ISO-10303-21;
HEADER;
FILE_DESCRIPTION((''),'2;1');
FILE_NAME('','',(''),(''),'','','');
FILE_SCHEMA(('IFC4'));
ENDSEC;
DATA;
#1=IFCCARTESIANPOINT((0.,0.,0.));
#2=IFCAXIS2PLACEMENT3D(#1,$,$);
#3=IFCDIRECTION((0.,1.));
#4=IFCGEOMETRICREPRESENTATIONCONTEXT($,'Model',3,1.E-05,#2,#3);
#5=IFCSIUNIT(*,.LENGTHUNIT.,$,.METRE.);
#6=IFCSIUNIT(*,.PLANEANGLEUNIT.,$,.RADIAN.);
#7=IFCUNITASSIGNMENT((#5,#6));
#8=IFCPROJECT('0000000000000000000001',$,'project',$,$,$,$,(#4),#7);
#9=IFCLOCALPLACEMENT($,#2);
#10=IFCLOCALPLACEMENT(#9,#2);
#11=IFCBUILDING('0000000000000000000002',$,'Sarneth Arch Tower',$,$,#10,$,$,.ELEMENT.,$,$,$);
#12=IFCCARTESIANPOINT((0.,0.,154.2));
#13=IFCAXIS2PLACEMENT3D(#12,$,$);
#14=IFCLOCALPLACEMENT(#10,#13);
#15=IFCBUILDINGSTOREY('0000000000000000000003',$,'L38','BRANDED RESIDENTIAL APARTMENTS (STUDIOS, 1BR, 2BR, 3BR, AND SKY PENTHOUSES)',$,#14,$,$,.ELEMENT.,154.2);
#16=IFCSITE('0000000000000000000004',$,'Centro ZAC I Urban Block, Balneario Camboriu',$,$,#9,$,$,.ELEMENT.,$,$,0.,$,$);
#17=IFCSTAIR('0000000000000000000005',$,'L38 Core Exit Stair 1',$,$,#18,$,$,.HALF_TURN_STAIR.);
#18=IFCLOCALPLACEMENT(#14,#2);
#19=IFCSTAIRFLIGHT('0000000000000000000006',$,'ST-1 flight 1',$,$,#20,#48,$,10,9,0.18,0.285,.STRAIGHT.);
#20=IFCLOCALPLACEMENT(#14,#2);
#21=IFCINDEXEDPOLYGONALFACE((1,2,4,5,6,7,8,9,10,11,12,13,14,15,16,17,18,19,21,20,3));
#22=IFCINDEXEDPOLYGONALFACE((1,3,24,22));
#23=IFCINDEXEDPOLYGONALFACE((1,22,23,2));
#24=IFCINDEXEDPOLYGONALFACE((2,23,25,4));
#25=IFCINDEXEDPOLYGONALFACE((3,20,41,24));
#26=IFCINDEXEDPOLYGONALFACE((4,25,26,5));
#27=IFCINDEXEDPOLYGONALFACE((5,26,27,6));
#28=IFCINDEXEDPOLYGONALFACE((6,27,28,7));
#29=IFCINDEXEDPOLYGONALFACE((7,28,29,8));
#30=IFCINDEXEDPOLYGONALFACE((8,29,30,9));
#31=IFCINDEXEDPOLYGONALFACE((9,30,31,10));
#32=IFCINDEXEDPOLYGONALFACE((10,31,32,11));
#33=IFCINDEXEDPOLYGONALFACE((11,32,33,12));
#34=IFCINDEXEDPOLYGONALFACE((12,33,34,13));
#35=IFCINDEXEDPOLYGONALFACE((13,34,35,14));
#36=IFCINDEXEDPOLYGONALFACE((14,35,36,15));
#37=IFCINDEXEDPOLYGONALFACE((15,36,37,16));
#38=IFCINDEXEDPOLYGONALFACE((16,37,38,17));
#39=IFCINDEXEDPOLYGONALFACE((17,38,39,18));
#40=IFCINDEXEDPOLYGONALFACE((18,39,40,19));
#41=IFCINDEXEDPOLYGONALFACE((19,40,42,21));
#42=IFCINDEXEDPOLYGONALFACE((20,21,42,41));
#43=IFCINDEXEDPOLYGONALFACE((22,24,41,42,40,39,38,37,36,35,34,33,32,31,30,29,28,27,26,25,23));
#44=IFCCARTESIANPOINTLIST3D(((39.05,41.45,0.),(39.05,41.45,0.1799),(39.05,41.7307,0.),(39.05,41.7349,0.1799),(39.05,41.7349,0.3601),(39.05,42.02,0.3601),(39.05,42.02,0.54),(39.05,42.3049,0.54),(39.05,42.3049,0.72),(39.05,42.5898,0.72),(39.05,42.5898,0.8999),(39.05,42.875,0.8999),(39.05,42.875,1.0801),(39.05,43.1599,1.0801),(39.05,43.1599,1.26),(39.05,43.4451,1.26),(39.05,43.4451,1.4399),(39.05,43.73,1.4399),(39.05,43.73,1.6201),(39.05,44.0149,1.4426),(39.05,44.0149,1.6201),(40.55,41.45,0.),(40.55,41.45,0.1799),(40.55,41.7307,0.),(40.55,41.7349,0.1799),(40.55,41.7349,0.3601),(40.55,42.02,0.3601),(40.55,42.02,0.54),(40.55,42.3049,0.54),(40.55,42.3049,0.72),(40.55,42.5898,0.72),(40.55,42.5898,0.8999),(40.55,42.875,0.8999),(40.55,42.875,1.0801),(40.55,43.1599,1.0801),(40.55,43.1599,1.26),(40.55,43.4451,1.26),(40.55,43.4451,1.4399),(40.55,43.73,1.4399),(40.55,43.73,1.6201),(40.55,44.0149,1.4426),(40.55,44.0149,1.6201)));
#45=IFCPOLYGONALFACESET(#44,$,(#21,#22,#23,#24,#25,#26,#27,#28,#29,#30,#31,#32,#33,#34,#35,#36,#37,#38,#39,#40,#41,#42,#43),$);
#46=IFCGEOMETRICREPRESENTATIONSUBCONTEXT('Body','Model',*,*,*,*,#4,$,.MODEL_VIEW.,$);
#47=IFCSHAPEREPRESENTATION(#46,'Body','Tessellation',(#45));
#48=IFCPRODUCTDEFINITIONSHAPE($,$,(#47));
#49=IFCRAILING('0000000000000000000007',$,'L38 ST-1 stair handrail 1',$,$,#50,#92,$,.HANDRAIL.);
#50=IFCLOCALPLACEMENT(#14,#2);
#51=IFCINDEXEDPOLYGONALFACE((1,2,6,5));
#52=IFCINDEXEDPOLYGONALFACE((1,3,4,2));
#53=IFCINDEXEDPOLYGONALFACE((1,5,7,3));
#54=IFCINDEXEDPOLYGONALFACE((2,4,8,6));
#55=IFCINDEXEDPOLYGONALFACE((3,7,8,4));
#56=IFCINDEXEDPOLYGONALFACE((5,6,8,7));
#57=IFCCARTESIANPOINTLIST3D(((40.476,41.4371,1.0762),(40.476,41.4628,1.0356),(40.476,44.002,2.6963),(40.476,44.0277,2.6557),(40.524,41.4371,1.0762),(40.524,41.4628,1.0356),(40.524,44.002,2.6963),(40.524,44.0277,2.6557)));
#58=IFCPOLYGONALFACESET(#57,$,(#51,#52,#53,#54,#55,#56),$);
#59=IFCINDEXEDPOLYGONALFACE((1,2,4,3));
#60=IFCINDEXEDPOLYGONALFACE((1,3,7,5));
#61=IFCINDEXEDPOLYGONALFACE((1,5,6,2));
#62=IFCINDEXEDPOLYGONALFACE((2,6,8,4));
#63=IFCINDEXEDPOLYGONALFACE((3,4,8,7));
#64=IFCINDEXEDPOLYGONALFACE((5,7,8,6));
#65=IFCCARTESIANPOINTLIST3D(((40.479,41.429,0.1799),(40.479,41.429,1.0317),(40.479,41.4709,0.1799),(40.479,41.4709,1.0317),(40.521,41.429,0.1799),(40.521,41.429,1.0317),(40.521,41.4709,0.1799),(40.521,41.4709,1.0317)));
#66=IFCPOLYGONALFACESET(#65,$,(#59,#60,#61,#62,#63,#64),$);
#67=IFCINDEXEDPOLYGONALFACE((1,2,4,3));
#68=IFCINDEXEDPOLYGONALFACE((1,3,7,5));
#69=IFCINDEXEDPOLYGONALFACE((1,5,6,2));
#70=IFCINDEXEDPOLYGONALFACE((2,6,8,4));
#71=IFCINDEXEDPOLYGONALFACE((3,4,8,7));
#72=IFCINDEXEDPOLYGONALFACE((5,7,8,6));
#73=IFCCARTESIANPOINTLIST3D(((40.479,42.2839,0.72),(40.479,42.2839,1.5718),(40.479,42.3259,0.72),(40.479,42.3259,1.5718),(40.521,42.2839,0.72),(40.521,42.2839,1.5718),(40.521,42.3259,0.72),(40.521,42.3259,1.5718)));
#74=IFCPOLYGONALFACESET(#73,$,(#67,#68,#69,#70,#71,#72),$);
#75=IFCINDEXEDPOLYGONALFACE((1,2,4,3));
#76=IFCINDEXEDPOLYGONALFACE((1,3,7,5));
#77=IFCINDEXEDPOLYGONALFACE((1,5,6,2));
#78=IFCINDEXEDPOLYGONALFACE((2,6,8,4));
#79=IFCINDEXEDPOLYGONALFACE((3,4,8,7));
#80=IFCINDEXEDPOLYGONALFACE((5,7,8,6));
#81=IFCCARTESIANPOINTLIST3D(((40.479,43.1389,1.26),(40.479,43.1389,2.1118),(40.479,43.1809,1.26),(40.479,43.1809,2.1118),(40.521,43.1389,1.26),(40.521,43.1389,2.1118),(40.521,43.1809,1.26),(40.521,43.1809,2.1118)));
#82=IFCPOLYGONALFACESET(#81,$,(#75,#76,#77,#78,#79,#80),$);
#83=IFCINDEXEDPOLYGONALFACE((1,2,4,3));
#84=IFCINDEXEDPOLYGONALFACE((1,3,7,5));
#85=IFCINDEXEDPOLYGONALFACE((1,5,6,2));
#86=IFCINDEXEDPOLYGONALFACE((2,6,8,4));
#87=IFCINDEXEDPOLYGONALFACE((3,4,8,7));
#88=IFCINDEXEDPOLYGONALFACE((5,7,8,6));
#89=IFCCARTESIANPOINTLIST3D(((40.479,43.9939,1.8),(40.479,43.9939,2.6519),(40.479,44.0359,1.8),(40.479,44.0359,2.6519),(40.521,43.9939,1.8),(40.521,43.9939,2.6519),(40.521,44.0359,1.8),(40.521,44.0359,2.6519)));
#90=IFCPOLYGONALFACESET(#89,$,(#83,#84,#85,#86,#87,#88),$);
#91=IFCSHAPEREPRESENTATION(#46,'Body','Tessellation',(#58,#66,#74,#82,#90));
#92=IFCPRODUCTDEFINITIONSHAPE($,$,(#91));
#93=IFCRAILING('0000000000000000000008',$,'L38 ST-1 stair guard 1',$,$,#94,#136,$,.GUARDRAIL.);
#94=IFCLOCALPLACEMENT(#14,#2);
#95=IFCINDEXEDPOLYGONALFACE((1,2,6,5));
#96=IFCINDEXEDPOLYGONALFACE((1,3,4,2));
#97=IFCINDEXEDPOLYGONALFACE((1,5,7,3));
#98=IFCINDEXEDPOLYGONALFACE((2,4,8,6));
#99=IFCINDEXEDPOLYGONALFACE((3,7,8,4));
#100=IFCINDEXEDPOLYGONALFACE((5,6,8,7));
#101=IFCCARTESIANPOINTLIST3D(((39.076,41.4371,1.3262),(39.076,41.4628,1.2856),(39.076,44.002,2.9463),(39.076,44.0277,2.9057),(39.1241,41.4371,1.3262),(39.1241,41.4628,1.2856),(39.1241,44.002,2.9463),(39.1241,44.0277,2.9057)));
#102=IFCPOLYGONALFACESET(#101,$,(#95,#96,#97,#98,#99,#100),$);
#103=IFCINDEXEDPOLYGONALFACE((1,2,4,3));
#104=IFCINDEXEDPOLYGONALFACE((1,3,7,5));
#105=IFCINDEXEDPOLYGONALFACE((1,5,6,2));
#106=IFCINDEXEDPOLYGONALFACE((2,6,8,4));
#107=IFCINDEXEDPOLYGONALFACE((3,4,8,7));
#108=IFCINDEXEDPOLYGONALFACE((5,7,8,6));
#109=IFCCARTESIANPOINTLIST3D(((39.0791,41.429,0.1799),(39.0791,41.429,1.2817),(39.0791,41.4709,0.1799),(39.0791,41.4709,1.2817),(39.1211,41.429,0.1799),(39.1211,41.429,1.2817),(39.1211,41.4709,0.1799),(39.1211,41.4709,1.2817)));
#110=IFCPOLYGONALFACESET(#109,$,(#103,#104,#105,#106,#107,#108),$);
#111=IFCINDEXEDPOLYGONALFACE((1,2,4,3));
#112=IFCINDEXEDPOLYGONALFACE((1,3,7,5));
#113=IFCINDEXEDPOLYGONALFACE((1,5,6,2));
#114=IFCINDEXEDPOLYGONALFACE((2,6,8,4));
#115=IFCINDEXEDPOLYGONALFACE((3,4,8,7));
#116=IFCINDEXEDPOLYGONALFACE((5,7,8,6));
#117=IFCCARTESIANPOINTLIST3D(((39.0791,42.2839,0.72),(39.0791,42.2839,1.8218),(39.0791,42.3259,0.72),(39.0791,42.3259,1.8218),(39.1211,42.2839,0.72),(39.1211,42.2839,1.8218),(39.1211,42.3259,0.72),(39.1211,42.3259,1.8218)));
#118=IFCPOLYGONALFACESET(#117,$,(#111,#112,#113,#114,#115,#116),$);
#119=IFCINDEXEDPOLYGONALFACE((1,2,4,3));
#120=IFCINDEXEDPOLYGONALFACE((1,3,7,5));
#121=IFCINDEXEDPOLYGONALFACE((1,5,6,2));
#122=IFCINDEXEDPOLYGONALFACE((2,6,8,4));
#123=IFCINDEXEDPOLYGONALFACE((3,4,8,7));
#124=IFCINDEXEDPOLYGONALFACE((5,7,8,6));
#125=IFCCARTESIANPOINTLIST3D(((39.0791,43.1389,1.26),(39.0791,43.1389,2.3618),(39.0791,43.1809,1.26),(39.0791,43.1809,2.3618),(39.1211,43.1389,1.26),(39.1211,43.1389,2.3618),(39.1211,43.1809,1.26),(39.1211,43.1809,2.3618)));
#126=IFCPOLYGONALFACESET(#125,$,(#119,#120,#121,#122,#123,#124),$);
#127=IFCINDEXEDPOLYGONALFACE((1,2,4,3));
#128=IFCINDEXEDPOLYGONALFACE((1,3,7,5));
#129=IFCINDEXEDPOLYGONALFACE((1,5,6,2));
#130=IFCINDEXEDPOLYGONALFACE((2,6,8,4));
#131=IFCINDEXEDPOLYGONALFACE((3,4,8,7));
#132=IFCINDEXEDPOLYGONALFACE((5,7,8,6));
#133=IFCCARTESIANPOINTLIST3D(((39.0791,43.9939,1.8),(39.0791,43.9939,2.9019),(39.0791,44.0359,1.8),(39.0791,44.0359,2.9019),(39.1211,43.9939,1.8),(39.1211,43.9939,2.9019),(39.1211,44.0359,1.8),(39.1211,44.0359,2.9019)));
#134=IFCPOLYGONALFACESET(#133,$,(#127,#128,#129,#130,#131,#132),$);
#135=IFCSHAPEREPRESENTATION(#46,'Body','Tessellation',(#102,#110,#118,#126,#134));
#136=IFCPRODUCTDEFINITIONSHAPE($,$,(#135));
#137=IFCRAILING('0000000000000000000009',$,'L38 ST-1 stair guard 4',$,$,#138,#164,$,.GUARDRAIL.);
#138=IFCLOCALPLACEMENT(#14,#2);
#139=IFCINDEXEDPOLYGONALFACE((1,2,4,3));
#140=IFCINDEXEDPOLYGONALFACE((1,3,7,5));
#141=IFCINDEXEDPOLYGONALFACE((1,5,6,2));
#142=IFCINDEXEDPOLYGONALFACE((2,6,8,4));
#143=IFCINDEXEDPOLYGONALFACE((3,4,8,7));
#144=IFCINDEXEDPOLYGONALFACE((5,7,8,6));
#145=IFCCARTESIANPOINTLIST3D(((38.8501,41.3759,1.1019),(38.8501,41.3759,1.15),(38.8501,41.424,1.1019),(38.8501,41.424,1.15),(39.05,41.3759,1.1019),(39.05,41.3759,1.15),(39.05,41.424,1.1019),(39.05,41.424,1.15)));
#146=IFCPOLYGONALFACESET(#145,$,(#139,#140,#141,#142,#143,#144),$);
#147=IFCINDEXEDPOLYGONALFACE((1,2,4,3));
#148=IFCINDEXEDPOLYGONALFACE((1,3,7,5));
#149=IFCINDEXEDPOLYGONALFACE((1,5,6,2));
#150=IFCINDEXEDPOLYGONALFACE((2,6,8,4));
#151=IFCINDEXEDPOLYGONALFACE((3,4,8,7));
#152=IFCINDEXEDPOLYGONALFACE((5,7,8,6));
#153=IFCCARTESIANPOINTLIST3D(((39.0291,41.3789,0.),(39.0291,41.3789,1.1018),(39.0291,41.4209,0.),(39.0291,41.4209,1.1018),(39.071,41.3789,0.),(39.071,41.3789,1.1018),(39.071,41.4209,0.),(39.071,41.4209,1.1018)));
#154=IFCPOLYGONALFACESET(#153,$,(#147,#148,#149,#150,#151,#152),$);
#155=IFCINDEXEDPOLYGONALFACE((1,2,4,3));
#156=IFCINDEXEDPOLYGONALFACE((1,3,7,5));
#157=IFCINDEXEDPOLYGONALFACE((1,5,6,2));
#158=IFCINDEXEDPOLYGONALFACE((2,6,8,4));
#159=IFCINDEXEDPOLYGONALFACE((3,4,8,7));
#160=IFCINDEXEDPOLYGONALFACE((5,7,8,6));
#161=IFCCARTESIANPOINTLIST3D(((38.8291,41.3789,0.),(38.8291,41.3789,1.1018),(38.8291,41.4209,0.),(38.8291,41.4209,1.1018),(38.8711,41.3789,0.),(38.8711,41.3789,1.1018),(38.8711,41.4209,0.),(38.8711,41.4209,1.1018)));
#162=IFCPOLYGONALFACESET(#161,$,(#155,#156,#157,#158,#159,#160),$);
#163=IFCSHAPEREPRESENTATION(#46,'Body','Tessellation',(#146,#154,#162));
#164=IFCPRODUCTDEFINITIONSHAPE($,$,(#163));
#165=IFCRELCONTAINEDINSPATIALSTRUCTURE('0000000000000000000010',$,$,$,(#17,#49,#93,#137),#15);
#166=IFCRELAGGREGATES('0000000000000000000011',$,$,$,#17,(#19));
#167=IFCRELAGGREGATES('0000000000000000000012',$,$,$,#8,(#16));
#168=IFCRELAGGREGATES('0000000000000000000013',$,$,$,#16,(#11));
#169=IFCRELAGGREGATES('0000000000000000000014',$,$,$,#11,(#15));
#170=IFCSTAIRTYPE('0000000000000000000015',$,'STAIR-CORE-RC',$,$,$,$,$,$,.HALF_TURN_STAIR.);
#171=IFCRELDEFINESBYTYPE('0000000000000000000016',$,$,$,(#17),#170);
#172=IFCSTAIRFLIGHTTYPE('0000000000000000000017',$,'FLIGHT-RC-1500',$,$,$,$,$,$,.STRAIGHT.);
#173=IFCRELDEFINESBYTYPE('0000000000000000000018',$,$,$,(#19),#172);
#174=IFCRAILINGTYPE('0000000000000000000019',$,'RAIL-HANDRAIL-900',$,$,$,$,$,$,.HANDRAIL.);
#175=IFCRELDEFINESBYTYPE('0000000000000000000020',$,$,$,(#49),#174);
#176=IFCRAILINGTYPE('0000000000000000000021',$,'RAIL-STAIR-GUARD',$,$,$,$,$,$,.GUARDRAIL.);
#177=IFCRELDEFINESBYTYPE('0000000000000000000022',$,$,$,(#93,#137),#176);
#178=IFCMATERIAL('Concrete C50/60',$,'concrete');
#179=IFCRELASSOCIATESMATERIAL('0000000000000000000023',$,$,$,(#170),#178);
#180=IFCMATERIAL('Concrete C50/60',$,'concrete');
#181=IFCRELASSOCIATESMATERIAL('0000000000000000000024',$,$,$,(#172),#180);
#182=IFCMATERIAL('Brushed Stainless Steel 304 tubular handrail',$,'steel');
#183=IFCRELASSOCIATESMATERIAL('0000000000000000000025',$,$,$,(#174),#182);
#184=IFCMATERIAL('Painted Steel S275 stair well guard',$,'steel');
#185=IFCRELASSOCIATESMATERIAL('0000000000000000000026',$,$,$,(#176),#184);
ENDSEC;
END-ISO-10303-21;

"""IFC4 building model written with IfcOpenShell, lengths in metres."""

from ifc_helpers import new_model, si_unit, direction, frame, origin, origin_2d, place, context, subcontext, project, spatial, polyline, rectangle, outline, extrude, material, type_object, element, aggregate, save


model = new_model("IFC4")

# Units and contexts
model_context = context("Model", 3, precision=1e-05, world=origin(), true_north=direction((0.0, 1.0)))
body_context = subcontext(model_context, "Body", "Model", "MODEL_VIEW")
ifc_project = project(units=[si_unit("LENGTHUNIT", "METRE"), si_unit("PLANEANGLEUNIT", "RADIAN")], contexts=[model_context])

# Site, building, storey
site_placement = place(None, origin())
site = spatial("IfcSite", under=ifc_project, at=site_placement, Name="Centro ZAC I Urban Block, Balneario Camboriu", CompositionType="ELEMENT", RefElevation=0.0)
building_placement = place(site_placement, origin())
building = spatial("IfcBuilding", under=site, at=building_placement, Name="Sarneth Arch Tower", CompositionType="ELEMENT")
storey_placement = place(building_placement, frame((0.0, 0.0, 154.2)))
storey = spatial("IfcBuildingStorey", under=building, at=storey_placement, Name="L38", Description="BRANDED RESIDENTIAL APARTMENTS (STUDIOS, 1BR, 2BR, 3BR, AND SKY PENTHOUSES)", CompositionType="ELEMENT", Elevation=154.2)

# Stair, stair flight
ifc_material_1 = material(Name="Concrete C50/60", Category="concrete")
stair_type = type_object("IfcStairType", Name="STAIR-CORE-RC", PredefinedType="HALF_TURN_STAIR", material=ifc_material_1)
stair_placement = place(storey_placement, origin())
stair = element("IfcStair", 1, at=stair_placement, inside=storey, type_object=stair_type, Name="L38 Core Exit Stair 1", PredefinedType="HALF_TURN_STAIR")
ifc_material_2 = material(Name="Concrete C50/60", Category="concrete")
stair_flight_type = type_object("IfcStairFlightType", Name="FLIGHT-RC-1500", PredefinedType="STRAIGHT", material=ifc_material_2)
stair_flight_placement = place(storey_placement, frame((39.8, 41.45, 0.0), z_axis=(0.0, 0.0, 1.0), x_axis=(0.0, 1.0, 0.0)))
stair_flight = element("IfcStairFlight", 2, at=stair_flight_placement, type_object=stair_flight_type, Name="ST-1 flight 1", NumberOfRisers=10, NumberOfTreads=9, PredefinedType="STRAIGHT", RiserHeight=0.18, TreadLength=0.285, context=body_context, shape_type="SweptSolid", body=[
    extrude(outline(polyline([(0.0, 0.0), (0.0, 0.1799), (0.2849, 0.1799), (0.2849, 0.3601), (0.5701, 0.3601), (0.5701, 0.54), (0.855, 0.54), (0.855, 0.72), (1.1399, 0.72), (1.1399, 0.8999), (1.425, 0.8999), (1.425, 1.0801), (1.71, 1.0801), (1.71, 1.26), (1.9951, 1.26), (1.9951, 1.4399), (2.28, 1.4399), (2.28, 1.6201), (2.5649, 1.6201), (2.5649, 1.8), (2.5649, 1.4426), (0.2808, 0.0), (0.0, 0.0)])), frame((0.0, 0.75, 0.0), z_axis=(0.0, -1.0, 0.0), x_axis=(1.0, 0.0, 0.0)), (0.0, 0.0, 1.0), 1.5),
])
aggregate(stair, [stair_flight])

# Railings
ifc_material_3 = material(Name="Brushed Stainless Steel 304 tubular handrail", Category="steel")
railing_type_1 = type_object("IfcRailingType", Name="RAIL-HANDRAIL-900", PredefinedType="HANDRAIL", material=ifc_material_3)
railing_1_placement = place(storey_placement, frame((40.5, 41.45, 0.1799)))
element("IfcRailing", 3, at=railing_1_placement, inside=storey, type_object=railing_type_1, Name="L38 ST-1 stair handrail 1", PredefinedType="HANDRAIL", context=body_context, shape_type="SweptSolid", body=[
    extrude(rectangle(XDim=0.0481, YDim=0.0481, at=origin_2d()), frame((0.0, 0.0, 0.876), z_axis=(0.0, 0.845466, 0.534029), x_axis=(-1.0, 0.0, 0.0)), (0.0, 0.0, 1.0), 3.0337),
    extrude(rectangle(XDim=0.042, YDim=0.042, at=origin_2d()), origin(), (0.0, 0.0, 1.0), 0.8518),
    extrude(rectangle(XDim=0.042, YDim=0.042, at=origin_2d()), frame((0.0, 0.855, 0.54)), (0.0, 0.0, 1.0), 0.8518),
    extrude(rectangle(XDim=0.042, YDim=0.042, at=origin_2d()), frame((0.0, 1.71, 1.0801)), (0.0, 0.0, 1.0), 0.8518),
    extrude(rectangle(XDim=0.042, YDim=0.042, at=origin_2d()), frame((0.0, 2.5649, 1.6201)), (0.0, 0.0, 1.0), 0.8518),
])
ifc_material_4 = material(Name="Painted Steel S275 stair well guard", Category="steel")
railing_type_2 = type_object("IfcRailingType", Name="RAIL-STAIR-GUARD", PredefinedType="GUARDRAIL", material=ifc_material_4)
railing_2_placement = place(storey_placement, frame((39.1001, 41.45, 0.1799)))
element("IfcRailing", 4, at=railing_2_placement, inside=storey, type_object=railing_type_2, Name="L38 ST-1 stair guard 1", PredefinedType="GUARDRAIL", context=body_context, shape_type="SweptSolid", body=[
    extrude(rectangle(XDim=0.0481, YDim=0.0481, at=origin_2d()), frame((0.0, 0.0, 1.126), z_axis=(0.0, 0.845466, 0.534029), x_axis=(-1.0, 0.0, 0.0)), (0.0, 0.0, 1.0), 3.0337),
    extrude(rectangle(XDim=0.042, YDim=0.042, at=origin_2d()), origin(), (0.0, 0.0, 1.0), 1.1018),
    extrude(rectangle(XDim=0.042, YDim=0.042, at=origin_2d()), frame((0.0, 0.855, 0.54)), (0.0, 0.0, 1.0), 1.1018),
    extrude(rectangle(XDim=0.042, YDim=0.042, at=origin_2d()), frame((0.0, 1.71, 1.0801)), (0.0, 0.0, 1.0), 1.1018),
    extrude(rectangle(XDim=0.042, YDim=0.042, at=origin_2d()), frame((0.0, 2.5649, 1.6201)), (0.0, 0.0, 1.0), 1.1018),
])
railing_3_placement = place(storey_placement, frame((39.05, 41.3999, 0.0)))
element("IfcRailing", 5, at=railing_3_placement, inside=storey, type_object=railing_type_2, Name="L38 ST-1 stair guard 4", PredefinedType="GUARDRAIL", context=body_context, shape_type="SweptSolid", body=[
    extrude(rectangle(XDim=0.0481, YDim=0.0481, at=origin_2d()), frame((0.0, 0.0, 1.126), z_axis=(-1.0, 0.0, 0.0), x_axis=(0.0, -1.0, 0.0)), (0.0, 0.0, 1.0), 0.2),
    extrude(rectangle(XDim=0.042, YDim=0.042, at=origin_2d()), origin(), (0.0, 0.0, 1.0), 1.1018),
    extrude(rectangle(XDim=0.042, YDim=0.042, at=origin_2d()), frame((-0.2, 0.0, 0.0)), (0.0, 0.0, 1.0), 1.1018),
])

save(model, "model.ifc")
